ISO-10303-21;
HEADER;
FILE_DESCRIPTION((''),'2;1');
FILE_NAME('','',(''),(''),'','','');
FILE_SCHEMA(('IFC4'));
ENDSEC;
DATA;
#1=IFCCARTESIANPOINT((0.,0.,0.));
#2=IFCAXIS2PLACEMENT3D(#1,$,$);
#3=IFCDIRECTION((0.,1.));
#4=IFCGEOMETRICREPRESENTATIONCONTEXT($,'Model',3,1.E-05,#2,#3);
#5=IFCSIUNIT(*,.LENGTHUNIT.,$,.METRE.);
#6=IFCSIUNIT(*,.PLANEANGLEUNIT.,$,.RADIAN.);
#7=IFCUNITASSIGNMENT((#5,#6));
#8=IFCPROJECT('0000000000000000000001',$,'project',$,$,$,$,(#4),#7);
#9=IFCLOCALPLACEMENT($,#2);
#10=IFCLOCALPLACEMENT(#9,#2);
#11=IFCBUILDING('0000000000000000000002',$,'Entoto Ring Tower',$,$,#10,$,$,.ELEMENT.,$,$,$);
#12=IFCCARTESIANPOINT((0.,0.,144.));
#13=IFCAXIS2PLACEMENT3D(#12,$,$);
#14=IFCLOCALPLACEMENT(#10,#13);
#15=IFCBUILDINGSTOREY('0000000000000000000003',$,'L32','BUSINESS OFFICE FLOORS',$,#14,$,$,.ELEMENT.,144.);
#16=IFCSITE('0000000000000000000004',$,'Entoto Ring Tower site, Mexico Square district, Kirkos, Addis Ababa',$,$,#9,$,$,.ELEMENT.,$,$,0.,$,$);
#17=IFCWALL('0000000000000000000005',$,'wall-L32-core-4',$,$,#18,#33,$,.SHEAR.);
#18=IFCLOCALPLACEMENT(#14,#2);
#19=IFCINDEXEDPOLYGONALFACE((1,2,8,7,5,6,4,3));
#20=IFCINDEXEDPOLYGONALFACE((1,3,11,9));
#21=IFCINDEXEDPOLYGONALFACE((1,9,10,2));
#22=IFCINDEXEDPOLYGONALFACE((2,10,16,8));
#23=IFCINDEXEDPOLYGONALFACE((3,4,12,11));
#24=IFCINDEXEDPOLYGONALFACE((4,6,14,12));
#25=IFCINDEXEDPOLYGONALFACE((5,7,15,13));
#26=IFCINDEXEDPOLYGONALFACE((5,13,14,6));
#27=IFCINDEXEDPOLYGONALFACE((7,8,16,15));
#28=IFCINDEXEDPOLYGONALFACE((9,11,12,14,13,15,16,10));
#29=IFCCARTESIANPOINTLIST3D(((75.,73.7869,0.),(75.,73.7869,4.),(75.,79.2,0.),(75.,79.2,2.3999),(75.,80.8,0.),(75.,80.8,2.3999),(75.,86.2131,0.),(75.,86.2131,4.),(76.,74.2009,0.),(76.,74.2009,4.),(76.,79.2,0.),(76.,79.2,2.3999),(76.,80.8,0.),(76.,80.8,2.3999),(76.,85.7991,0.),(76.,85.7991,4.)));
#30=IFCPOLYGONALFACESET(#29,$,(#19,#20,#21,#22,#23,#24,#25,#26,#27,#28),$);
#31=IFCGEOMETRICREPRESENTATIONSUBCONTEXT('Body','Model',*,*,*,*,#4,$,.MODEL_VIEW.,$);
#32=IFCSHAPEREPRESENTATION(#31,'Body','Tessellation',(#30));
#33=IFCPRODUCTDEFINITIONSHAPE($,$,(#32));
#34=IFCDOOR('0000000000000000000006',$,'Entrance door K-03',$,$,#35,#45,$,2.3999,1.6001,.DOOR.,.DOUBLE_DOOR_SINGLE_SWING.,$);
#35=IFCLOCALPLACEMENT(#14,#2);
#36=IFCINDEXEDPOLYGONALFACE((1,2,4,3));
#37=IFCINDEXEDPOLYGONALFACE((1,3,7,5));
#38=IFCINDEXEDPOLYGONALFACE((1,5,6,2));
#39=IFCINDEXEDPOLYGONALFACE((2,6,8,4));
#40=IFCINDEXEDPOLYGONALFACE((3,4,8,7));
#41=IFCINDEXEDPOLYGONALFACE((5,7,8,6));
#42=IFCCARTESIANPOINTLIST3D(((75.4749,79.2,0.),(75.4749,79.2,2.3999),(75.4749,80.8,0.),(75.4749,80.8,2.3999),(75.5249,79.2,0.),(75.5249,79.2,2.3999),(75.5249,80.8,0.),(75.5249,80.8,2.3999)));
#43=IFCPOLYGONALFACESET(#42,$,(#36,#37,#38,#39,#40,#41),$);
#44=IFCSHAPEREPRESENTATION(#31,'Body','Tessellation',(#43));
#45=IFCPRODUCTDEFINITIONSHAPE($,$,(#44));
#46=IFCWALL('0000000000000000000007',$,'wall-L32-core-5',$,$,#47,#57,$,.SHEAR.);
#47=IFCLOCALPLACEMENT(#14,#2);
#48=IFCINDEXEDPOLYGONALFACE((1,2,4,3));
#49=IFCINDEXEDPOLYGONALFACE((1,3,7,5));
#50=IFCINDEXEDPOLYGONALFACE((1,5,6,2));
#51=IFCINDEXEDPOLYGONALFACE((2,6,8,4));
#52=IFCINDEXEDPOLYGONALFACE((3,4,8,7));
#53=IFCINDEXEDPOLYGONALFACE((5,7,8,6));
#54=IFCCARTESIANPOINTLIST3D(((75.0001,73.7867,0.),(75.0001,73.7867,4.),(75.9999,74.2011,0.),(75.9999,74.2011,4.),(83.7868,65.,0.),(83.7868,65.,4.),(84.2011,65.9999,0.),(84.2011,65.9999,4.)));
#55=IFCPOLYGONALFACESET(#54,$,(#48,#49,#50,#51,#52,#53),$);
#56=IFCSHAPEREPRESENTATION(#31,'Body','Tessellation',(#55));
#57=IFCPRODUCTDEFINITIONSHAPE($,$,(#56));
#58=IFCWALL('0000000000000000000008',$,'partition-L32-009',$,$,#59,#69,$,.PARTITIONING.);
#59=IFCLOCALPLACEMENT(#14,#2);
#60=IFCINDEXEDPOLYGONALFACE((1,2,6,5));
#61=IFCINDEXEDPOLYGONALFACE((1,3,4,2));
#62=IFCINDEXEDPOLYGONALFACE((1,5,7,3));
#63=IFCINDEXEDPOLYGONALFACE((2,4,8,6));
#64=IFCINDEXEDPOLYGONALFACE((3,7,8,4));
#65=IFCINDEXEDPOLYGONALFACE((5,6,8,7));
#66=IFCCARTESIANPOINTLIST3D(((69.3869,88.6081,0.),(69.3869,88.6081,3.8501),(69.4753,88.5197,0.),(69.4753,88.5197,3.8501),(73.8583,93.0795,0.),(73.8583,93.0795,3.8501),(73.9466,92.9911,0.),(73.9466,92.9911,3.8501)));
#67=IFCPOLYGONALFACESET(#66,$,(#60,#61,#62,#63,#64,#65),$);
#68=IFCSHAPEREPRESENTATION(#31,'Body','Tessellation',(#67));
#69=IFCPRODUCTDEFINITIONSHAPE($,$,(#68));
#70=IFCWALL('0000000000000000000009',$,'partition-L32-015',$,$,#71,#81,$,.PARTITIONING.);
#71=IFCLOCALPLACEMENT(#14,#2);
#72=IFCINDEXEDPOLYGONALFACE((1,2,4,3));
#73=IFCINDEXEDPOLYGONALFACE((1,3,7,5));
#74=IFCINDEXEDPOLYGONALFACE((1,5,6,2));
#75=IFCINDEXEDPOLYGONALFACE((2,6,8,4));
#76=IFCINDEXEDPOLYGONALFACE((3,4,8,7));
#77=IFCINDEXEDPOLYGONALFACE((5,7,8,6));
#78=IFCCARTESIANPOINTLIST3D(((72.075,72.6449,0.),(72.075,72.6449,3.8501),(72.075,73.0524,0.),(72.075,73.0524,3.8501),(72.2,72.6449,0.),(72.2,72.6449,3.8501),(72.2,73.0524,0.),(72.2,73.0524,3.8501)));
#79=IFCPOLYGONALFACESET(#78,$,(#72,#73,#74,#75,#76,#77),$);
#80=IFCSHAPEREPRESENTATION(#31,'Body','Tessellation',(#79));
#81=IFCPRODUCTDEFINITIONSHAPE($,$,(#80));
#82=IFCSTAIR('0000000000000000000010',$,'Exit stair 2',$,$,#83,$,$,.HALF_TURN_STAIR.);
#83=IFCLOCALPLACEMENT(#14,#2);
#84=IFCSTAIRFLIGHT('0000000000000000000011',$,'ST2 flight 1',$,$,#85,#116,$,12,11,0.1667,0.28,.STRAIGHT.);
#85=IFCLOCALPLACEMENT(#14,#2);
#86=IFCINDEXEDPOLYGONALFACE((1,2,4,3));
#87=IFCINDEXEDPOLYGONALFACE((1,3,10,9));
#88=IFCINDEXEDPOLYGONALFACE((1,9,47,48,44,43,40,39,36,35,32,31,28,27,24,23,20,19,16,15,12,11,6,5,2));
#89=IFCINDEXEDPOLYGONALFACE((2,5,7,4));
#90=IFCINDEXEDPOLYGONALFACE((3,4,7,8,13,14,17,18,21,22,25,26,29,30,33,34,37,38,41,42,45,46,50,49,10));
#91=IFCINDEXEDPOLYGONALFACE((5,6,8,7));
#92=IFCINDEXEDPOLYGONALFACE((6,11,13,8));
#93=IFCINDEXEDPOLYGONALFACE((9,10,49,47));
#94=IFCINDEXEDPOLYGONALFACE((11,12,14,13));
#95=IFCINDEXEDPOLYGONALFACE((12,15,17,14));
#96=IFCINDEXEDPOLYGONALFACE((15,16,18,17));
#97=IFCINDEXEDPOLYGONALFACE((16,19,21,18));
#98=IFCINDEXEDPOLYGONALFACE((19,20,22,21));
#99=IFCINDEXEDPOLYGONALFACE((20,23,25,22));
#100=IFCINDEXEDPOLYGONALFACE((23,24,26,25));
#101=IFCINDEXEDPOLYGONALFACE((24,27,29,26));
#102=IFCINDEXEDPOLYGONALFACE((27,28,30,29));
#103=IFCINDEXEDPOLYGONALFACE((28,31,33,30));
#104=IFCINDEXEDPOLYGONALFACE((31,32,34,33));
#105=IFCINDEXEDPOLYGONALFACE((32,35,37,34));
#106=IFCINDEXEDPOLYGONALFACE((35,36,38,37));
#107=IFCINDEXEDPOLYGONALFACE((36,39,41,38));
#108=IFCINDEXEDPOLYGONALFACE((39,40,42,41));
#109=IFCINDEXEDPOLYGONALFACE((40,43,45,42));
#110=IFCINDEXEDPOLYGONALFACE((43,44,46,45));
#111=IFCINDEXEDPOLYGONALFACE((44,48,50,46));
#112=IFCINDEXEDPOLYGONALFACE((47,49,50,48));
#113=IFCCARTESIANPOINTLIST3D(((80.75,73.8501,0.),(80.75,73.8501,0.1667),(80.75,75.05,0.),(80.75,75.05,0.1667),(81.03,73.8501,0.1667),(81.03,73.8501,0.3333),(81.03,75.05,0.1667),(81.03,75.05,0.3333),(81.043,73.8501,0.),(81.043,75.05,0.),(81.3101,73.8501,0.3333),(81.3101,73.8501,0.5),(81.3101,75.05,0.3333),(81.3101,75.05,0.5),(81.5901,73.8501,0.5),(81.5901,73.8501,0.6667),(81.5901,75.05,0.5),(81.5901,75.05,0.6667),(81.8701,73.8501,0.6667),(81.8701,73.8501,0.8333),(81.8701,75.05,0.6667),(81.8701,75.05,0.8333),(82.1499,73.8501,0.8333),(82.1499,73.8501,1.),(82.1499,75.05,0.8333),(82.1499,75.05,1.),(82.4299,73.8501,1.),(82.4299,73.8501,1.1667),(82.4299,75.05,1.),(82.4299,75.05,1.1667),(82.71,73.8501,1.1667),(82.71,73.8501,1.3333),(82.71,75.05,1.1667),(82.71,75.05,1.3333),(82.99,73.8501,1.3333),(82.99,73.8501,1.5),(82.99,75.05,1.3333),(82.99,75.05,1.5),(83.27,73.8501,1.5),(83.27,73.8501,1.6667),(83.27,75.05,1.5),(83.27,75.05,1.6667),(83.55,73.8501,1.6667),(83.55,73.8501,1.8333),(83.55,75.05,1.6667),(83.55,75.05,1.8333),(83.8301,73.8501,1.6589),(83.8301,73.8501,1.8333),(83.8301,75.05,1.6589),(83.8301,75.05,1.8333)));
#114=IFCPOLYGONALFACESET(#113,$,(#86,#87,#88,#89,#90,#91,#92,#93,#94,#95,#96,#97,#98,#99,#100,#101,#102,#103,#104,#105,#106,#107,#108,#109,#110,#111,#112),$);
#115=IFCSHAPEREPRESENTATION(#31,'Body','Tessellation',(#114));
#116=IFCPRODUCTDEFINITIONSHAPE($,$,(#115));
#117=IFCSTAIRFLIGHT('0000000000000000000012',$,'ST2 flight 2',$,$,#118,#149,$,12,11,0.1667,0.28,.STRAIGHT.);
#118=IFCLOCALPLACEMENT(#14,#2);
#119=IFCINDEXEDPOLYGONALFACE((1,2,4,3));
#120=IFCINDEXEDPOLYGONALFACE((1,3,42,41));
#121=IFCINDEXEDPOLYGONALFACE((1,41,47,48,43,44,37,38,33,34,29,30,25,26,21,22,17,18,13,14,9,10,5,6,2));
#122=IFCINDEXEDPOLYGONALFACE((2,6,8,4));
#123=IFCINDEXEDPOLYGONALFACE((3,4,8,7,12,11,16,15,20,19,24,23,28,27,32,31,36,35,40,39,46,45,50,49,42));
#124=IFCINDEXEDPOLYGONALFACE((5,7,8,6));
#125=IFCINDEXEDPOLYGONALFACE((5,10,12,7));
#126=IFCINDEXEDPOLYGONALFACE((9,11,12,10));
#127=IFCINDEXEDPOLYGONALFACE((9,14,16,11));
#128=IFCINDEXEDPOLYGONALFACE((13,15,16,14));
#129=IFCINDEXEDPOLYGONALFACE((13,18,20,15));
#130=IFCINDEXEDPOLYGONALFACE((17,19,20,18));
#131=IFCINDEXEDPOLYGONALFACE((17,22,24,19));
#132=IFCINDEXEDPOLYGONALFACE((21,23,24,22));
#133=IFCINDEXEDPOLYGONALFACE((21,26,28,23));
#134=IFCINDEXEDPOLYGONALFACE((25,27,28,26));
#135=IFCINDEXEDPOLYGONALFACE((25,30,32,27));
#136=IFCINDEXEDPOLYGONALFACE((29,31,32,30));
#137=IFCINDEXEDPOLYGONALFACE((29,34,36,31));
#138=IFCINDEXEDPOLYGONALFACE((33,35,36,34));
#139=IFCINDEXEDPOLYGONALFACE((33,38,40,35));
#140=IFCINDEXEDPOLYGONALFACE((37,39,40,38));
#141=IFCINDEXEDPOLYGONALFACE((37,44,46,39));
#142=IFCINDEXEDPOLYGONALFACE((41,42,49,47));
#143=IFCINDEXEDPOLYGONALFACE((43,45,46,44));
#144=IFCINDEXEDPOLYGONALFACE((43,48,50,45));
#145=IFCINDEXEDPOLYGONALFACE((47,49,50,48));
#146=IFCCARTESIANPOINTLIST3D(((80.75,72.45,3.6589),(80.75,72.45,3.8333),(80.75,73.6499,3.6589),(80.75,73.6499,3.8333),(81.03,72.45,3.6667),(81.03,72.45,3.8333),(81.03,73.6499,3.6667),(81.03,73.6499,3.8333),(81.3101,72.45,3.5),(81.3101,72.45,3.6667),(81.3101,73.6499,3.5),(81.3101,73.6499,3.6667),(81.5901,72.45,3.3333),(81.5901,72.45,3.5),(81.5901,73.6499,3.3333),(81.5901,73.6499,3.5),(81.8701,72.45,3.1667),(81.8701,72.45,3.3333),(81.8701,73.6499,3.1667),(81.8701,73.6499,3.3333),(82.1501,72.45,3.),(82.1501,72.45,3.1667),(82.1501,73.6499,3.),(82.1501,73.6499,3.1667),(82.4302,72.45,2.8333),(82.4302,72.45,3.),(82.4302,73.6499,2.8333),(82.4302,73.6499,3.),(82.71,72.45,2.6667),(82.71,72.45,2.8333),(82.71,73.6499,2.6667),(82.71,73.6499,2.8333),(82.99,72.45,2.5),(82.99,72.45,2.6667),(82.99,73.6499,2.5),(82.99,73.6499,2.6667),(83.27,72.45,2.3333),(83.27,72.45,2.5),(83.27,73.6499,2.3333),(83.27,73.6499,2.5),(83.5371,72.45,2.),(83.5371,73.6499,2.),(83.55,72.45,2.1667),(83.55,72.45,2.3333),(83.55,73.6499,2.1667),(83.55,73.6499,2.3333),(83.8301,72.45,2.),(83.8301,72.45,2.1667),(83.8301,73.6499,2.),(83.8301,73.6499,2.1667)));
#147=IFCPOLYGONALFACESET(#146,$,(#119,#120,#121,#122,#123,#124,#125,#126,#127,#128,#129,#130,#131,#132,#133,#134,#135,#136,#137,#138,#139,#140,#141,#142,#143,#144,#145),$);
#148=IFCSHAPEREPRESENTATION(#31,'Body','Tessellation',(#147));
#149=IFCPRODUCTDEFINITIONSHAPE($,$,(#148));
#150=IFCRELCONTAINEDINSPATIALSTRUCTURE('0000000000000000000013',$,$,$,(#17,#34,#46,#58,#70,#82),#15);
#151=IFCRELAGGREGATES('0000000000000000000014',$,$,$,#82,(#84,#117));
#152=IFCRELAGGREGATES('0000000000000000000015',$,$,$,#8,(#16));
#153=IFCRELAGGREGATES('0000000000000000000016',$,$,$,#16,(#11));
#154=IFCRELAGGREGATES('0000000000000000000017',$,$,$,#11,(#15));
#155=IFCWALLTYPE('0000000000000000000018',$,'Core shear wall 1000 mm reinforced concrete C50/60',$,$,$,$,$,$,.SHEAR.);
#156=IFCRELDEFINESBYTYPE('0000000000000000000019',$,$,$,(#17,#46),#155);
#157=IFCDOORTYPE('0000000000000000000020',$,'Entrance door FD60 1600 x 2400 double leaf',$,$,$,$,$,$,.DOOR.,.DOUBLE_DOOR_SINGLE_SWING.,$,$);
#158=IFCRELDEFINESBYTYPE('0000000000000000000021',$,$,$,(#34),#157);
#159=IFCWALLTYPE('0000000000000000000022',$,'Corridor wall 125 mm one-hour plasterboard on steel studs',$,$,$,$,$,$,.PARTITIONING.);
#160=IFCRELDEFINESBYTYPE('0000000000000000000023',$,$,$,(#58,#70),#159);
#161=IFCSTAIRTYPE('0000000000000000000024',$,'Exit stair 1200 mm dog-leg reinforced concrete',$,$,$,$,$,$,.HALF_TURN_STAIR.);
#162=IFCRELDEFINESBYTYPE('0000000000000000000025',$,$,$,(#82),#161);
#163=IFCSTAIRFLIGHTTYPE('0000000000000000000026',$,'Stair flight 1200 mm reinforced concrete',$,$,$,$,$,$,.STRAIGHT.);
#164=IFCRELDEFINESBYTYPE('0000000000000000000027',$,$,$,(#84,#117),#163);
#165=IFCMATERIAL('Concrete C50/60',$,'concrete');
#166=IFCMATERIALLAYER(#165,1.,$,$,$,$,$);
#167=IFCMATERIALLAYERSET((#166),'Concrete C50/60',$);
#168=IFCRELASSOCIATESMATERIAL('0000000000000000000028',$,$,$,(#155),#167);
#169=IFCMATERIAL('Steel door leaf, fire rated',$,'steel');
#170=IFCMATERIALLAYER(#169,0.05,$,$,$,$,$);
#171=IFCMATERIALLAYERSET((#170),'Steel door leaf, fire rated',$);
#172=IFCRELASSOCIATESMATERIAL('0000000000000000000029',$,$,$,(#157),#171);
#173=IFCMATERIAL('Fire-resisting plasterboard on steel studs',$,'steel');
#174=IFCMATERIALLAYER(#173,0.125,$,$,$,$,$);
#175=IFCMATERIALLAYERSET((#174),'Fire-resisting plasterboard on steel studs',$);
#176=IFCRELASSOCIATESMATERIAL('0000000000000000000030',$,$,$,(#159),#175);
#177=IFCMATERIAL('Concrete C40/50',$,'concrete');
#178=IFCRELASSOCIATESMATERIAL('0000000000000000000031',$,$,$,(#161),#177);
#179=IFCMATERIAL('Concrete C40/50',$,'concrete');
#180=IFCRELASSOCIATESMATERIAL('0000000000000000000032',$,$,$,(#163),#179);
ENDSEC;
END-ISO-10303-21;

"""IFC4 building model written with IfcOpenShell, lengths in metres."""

from ifc_helpers import new_model, si_unit, direction, frame, frame_2d, origin, place, context, subcontext, project, spatial, polyline, rectangle, outline, extrude, material, layer, layer_set, type_object, element, fill, aggregate, save


model = new_model("IFC4")

# Units and contexts
model_context = context("Model", 3, precision=1e-05, world=origin(), true_north=direction((0.0, 1.0)))
body_context = subcontext(model_context, "Body", "Model", "MODEL_VIEW")
ifc_project = project(units=[si_unit("LENGTHUNIT", "METRE"), si_unit("PLANEANGLEUNIT", "RADIAN")], contexts=[model_context])

# Site, building, storey
site_placement = place(None, origin())
site = spatial("IfcSite", under=ifc_project, at=site_placement, Name="Entoto Ring Tower site, Mexico Square district, Kirkos, Addis Ababa", CompositionType="ELEMENT", RefElevation=0.0)
building_placement = place(site_placement, origin())
building = spatial("IfcBuilding", under=site, at=building_placement, Name="Entoto Ring Tower", CompositionType="ELEMENT")
storey_placement = place(building_placement, frame((0.0, 0.0, 144.0)))
storey = spatial("IfcBuildingStorey", under=building, at=storey_placement, Name="L32", Description="BUSINESS OFFICE FLOORS", CompositionType="ELEMENT", Elevation=144.0)

# Wall, opening, door
ifc_material_1 = material(Name="Concrete C50/60", Category="concrete")
ifc_layer_1 = layer(ifc_material_1, 1.0)
ifc_layer_set_1 = layer_set([ifc_layer_1], Name="Concrete C50/60")
wall_type_1 = type_object("IfcWallType", Name="Core shear wall 1000 mm reinforced concrete C50/60", PredefinedType="SHEAR", material=ifc_layer_set_1)
wall_1_placement = place(storey_placement, frame((75.5, 86.0061, 0.0), z_axis=(0.0, 0.0, 1.0), x_axis=(0.0, -1.0, 0.0)))
wall_1 = element("IfcWall", 1, at=wall_1_placement, inside=storey, type_object=wall_type_1, Name="wall-L32-core-4", PredefinedType="SHEAR", context=body_context, shape_type="SweptSolid", body=[
    extrude(outline(polyline([(-0.207, -0.5), (12.2192, -0.5), (11.8052, 0.5), (0.207, 0.5), (-0.207, -0.5)])), origin(), (0.0, 0.0, 1.0), 4.0),
])
opening_1_placement = place(wall_1_placement, frame((5.2061, 0.0, 0.0)))
opening_1 = element("IfcOpeningElement", 2, at=opening_1_placement, cuts=wall_1, PredefinedType="OPENING", context=body_context, shape_type="SweptSolid", body=[
    extrude(rectangle(XDim=1.6001, YDim=2.3999, at=frame_2d((0.8, 1.2))), frame((0.0, 0.51, 0.0), z_axis=(0.0, -1.0, 0.0), x_axis=(1.0, 0.0, 0.0)), (0.0, 0.0, 1.0), 1.02),
])
ifc_material_2 = material(Name="Steel door leaf, fire rated", Category="steel")
ifc_layer_2 = layer(ifc_material_2, 0.05)
ifc_layer_set_2 = layer_set([ifc_layer_2], Name="Steel door leaf, fire rated")
door_type_1 = type_object("IfcDoorType", Name="Entrance door FD60 1600 x 2400 double leaf", OperationType="DOUBLE_DOOR_SINGLE_SWING", PredefinedType="DOOR", material=ifc_layer_set_2)
door_1_placement = place(opening_1_placement, origin())
door_1 = element("IfcDoor", 3, at=door_1_placement, inside=storey, type_object=door_type_1, Name="Entrance door K-03", OperationType="DOUBLE_DOOR_SINGLE_SWING", OverallHeight=2.3999, OverallWidth=1.6001, PredefinedType="DOOR", context=body_context, shape_type="SweptSolid", body=[
    extrude(rectangle(XDim=1.6001, YDim=2.3999, at=frame_2d((0.8, 1.2))), frame((0.0, 0.0249, 0.0), z_axis=(0.0, -1.0, 0.0), x_axis=(1.0, 0.0, 0.0)), (0.0, 0.0, 1.0), 0.05),
])
fill(opening_1, door_1)

# Walls
wall_2_placement = place(storey_placement, frame((75.5, 73.9939, 0.0), z_axis=(0.0, 0.0, 1.0), x_axis=(0.707107, -0.707107, 0.0)))
element("IfcWall", 4, at=wall_2_placement, inside=storey, type_object=wall_type_1, Name="wall-L32-core-5", PredefinedType="SHEAR", context=body_context, shape_type="SweptSolid", body=[
    extrude(outline(polyline([(-0.207, -0.5), (12.2192, -0.5), (11.8052, 0.5), (0.207, 0.5), (-0.207, -0.5)])), origin(), (0.0, 0.0, 1.0), 4.0),
])
ifc_material_3 = material(Name="Fire-resisting plasterboard on steel studs", Category="steel")
ifc_layer_3 = layer(ifc_material_3, 0.125)
ifc_layer_set_3 = layer_set([ifc_layer_3], Name="Fire-resisting plasterboard on steel studs")
wall_type_2 = type_object("IfcWallType", Name="Corridor wall 125 mm one-hour plasterboard on steel studs", PredefinedType="PARTITIONING", material=ifc_layer_set_3)
wall_3_placement = place(storey_placement, frame((69.4312, 88.564, 0.0), z_axis=(0.0, 0.0, 1.0), x_axis=(0.707107, 0.707107, 0.0)))
element("IfcWall", 5, at=wall_3_placement, inside=storey, type_object=wall_type_2, Name="partition-L32-009", PredefinedType="PARTITIONING", context=body_context, shape_type="SweptSolid", body=[
    extrude(rectangle(XDim=6.3235, YDim=0.125, at=frame_2d((3.1616, 0.0))), origin(), (0.0, 0.0, 1.0), 3.8501),
])
wall_4_placement = place(storey_placement, frame((72.1375, 72.645, 0.0), z_axis=(0.0, 0.0, 1.0), x_axis=(0.0, 1.0, 0.0)))
element("IfcWall", 6, at=wall_4_placement, inside=storey, type_object=wall_type_2, Name="partition-L32-015", PredefinedType="PARTITIONING", context=body_context, shape_type="SweptSolid", body=[
    extrude(rectangle(XDim=0.4075, YDim=0.125, at=frame_2d((0.2036, 0.0))), origin(), (0.0, 0.0, 1.0), 3.8501),
])

# Stair, stair flights
ifc_material_4 = material(Name="Concrete C40/50", Category="concrete")
stair_type = type_object("IfcStairType", Name="Exit stair 1200 mm dog-leg reinforced concrete", PredefinedType="HALF_TURN_STAIR", material=ifc_material_4)
stair_placement = place(storey_placement, origin())
stair = element("IfcStair", 7, at=stair_placement, inside=storey, type_object=stair_type, Name="Exit stair 2", PredefinedType="HALF_TURN_STAIR")
ifc_material_5 = material(Name="Concrete C40/50", Category="concrete")
stair_flight_type = type_object("IfcStairFlightType", Name="Stair flight 1200 mm reinforced concrete", PredefinedType="STRAIGHT", material=ifc_material_5)
stair_flight_1_placement = place(storey_placement, frame((80.75, 74.45, 0.0), z_axis=(0.0, 0.0, 1.0), x_axis=(1.0, 0.0, 0.0)))
stair_flight_1 = element("IfcStairFlight", 8, at=stair_flight_1_placement, type_object=stair_flight_type, Name="ST2 flight 1", NumberOfRisers=12, NumberOfTreads=11, PredefinedType="STRAIGHT", RiserHeight=0.1667, TreadLength=0.28, context=body_context, shape_type="SweptSolid", body=[
    extrude(outline(polyline([(0.0, 0.0), (0.0, 0.1667), (0.28, 0.1667), (0.28, 0.3333), (0.5601, 0.3333), (0.5601, 0.5), (0.8401, 0.5), (0.8401, 0.6667), (1.1201, 0.6667), (1.1201, 0.8333), (1.3999, 0.8333), (1.3999, 1.0), (1.6799, 1.0), (1.6799, 1.1667), (1.96, 1.1667), (1.96, 1.3333), (2.24, 1.3333), (2.24, 1.5), (2.52, 1.5), (2.52, 1.6667), (2.8, 1.6667), (2.8, 1.8333), (3.0801, 1.8333), (3.0801, 2.0), (3.0801, 1.6589), (0.293, 0.0), (0.0, 0.0)])), frame((0.0, 0.6001, 0.0), z_axis=(0.0, -1.0, 0.0), x_axis=(1.0, 0.0, 0.0)), (0.0, 0.0, 1.0), 1.2),
])
stair_flight_2_placement = place(storey_placement, frame((83.8301, 73.05, 2.0), z_axis=(0.0, 0.0, 1.0), x_axis=(-1.0, 0.0, 0.0)))
stair_flight_2 = element("IfcStairFlight", 9, at=stair_flight_2_placement, type_object=stair_flight_type, Name="ST2 flight 2", NumberOfRisers=12, NumberOfTreads=11, PredefinedType="STRAIGHT", RiserHeight=0.1667, TreadLength=0.28, context=body_context, shape_type="SweptSolid", body=[
    extrude(outline(polyline([(0.0, 0.0), (0.0, 0.1667), (0.28, 0.1667), (0.28, 0.3333), (0.5601, 0.3333), (0.5601, 0.5), (0.8401, 0.5), (0.8401, 0.6667), (1.1201, 0.6667), (1.1201, 0.8333), (1.3999, 0.8333), (1.3999, 1.0), (1.6799, 1.0), (1.6799, 1.1667), (1.96, 1.1667), (1.96, 1.3333), (2.24, 1.3333), (2.24, 1.5), (2.52, 1.5), (2.52, 1.6667), (2.8, 1.6667), (2.8, 1.8333), (3.0801, 1.8333), (3.0801, 2.0), (3.0801, 1.6589), (0.293, 0.0), (0.0, 0.0)])), frame((0.0, 0.6001, 0.0), z_axis=(0.0, -1.0, 0.0), x_axis=(1.0, 0.0, 0.0)), (0.0, 0.0, 1.0), 1.2),
])
aggregate(stair, [stair_flight_1, stair_flight_2])

save(model, "model.ifc")
